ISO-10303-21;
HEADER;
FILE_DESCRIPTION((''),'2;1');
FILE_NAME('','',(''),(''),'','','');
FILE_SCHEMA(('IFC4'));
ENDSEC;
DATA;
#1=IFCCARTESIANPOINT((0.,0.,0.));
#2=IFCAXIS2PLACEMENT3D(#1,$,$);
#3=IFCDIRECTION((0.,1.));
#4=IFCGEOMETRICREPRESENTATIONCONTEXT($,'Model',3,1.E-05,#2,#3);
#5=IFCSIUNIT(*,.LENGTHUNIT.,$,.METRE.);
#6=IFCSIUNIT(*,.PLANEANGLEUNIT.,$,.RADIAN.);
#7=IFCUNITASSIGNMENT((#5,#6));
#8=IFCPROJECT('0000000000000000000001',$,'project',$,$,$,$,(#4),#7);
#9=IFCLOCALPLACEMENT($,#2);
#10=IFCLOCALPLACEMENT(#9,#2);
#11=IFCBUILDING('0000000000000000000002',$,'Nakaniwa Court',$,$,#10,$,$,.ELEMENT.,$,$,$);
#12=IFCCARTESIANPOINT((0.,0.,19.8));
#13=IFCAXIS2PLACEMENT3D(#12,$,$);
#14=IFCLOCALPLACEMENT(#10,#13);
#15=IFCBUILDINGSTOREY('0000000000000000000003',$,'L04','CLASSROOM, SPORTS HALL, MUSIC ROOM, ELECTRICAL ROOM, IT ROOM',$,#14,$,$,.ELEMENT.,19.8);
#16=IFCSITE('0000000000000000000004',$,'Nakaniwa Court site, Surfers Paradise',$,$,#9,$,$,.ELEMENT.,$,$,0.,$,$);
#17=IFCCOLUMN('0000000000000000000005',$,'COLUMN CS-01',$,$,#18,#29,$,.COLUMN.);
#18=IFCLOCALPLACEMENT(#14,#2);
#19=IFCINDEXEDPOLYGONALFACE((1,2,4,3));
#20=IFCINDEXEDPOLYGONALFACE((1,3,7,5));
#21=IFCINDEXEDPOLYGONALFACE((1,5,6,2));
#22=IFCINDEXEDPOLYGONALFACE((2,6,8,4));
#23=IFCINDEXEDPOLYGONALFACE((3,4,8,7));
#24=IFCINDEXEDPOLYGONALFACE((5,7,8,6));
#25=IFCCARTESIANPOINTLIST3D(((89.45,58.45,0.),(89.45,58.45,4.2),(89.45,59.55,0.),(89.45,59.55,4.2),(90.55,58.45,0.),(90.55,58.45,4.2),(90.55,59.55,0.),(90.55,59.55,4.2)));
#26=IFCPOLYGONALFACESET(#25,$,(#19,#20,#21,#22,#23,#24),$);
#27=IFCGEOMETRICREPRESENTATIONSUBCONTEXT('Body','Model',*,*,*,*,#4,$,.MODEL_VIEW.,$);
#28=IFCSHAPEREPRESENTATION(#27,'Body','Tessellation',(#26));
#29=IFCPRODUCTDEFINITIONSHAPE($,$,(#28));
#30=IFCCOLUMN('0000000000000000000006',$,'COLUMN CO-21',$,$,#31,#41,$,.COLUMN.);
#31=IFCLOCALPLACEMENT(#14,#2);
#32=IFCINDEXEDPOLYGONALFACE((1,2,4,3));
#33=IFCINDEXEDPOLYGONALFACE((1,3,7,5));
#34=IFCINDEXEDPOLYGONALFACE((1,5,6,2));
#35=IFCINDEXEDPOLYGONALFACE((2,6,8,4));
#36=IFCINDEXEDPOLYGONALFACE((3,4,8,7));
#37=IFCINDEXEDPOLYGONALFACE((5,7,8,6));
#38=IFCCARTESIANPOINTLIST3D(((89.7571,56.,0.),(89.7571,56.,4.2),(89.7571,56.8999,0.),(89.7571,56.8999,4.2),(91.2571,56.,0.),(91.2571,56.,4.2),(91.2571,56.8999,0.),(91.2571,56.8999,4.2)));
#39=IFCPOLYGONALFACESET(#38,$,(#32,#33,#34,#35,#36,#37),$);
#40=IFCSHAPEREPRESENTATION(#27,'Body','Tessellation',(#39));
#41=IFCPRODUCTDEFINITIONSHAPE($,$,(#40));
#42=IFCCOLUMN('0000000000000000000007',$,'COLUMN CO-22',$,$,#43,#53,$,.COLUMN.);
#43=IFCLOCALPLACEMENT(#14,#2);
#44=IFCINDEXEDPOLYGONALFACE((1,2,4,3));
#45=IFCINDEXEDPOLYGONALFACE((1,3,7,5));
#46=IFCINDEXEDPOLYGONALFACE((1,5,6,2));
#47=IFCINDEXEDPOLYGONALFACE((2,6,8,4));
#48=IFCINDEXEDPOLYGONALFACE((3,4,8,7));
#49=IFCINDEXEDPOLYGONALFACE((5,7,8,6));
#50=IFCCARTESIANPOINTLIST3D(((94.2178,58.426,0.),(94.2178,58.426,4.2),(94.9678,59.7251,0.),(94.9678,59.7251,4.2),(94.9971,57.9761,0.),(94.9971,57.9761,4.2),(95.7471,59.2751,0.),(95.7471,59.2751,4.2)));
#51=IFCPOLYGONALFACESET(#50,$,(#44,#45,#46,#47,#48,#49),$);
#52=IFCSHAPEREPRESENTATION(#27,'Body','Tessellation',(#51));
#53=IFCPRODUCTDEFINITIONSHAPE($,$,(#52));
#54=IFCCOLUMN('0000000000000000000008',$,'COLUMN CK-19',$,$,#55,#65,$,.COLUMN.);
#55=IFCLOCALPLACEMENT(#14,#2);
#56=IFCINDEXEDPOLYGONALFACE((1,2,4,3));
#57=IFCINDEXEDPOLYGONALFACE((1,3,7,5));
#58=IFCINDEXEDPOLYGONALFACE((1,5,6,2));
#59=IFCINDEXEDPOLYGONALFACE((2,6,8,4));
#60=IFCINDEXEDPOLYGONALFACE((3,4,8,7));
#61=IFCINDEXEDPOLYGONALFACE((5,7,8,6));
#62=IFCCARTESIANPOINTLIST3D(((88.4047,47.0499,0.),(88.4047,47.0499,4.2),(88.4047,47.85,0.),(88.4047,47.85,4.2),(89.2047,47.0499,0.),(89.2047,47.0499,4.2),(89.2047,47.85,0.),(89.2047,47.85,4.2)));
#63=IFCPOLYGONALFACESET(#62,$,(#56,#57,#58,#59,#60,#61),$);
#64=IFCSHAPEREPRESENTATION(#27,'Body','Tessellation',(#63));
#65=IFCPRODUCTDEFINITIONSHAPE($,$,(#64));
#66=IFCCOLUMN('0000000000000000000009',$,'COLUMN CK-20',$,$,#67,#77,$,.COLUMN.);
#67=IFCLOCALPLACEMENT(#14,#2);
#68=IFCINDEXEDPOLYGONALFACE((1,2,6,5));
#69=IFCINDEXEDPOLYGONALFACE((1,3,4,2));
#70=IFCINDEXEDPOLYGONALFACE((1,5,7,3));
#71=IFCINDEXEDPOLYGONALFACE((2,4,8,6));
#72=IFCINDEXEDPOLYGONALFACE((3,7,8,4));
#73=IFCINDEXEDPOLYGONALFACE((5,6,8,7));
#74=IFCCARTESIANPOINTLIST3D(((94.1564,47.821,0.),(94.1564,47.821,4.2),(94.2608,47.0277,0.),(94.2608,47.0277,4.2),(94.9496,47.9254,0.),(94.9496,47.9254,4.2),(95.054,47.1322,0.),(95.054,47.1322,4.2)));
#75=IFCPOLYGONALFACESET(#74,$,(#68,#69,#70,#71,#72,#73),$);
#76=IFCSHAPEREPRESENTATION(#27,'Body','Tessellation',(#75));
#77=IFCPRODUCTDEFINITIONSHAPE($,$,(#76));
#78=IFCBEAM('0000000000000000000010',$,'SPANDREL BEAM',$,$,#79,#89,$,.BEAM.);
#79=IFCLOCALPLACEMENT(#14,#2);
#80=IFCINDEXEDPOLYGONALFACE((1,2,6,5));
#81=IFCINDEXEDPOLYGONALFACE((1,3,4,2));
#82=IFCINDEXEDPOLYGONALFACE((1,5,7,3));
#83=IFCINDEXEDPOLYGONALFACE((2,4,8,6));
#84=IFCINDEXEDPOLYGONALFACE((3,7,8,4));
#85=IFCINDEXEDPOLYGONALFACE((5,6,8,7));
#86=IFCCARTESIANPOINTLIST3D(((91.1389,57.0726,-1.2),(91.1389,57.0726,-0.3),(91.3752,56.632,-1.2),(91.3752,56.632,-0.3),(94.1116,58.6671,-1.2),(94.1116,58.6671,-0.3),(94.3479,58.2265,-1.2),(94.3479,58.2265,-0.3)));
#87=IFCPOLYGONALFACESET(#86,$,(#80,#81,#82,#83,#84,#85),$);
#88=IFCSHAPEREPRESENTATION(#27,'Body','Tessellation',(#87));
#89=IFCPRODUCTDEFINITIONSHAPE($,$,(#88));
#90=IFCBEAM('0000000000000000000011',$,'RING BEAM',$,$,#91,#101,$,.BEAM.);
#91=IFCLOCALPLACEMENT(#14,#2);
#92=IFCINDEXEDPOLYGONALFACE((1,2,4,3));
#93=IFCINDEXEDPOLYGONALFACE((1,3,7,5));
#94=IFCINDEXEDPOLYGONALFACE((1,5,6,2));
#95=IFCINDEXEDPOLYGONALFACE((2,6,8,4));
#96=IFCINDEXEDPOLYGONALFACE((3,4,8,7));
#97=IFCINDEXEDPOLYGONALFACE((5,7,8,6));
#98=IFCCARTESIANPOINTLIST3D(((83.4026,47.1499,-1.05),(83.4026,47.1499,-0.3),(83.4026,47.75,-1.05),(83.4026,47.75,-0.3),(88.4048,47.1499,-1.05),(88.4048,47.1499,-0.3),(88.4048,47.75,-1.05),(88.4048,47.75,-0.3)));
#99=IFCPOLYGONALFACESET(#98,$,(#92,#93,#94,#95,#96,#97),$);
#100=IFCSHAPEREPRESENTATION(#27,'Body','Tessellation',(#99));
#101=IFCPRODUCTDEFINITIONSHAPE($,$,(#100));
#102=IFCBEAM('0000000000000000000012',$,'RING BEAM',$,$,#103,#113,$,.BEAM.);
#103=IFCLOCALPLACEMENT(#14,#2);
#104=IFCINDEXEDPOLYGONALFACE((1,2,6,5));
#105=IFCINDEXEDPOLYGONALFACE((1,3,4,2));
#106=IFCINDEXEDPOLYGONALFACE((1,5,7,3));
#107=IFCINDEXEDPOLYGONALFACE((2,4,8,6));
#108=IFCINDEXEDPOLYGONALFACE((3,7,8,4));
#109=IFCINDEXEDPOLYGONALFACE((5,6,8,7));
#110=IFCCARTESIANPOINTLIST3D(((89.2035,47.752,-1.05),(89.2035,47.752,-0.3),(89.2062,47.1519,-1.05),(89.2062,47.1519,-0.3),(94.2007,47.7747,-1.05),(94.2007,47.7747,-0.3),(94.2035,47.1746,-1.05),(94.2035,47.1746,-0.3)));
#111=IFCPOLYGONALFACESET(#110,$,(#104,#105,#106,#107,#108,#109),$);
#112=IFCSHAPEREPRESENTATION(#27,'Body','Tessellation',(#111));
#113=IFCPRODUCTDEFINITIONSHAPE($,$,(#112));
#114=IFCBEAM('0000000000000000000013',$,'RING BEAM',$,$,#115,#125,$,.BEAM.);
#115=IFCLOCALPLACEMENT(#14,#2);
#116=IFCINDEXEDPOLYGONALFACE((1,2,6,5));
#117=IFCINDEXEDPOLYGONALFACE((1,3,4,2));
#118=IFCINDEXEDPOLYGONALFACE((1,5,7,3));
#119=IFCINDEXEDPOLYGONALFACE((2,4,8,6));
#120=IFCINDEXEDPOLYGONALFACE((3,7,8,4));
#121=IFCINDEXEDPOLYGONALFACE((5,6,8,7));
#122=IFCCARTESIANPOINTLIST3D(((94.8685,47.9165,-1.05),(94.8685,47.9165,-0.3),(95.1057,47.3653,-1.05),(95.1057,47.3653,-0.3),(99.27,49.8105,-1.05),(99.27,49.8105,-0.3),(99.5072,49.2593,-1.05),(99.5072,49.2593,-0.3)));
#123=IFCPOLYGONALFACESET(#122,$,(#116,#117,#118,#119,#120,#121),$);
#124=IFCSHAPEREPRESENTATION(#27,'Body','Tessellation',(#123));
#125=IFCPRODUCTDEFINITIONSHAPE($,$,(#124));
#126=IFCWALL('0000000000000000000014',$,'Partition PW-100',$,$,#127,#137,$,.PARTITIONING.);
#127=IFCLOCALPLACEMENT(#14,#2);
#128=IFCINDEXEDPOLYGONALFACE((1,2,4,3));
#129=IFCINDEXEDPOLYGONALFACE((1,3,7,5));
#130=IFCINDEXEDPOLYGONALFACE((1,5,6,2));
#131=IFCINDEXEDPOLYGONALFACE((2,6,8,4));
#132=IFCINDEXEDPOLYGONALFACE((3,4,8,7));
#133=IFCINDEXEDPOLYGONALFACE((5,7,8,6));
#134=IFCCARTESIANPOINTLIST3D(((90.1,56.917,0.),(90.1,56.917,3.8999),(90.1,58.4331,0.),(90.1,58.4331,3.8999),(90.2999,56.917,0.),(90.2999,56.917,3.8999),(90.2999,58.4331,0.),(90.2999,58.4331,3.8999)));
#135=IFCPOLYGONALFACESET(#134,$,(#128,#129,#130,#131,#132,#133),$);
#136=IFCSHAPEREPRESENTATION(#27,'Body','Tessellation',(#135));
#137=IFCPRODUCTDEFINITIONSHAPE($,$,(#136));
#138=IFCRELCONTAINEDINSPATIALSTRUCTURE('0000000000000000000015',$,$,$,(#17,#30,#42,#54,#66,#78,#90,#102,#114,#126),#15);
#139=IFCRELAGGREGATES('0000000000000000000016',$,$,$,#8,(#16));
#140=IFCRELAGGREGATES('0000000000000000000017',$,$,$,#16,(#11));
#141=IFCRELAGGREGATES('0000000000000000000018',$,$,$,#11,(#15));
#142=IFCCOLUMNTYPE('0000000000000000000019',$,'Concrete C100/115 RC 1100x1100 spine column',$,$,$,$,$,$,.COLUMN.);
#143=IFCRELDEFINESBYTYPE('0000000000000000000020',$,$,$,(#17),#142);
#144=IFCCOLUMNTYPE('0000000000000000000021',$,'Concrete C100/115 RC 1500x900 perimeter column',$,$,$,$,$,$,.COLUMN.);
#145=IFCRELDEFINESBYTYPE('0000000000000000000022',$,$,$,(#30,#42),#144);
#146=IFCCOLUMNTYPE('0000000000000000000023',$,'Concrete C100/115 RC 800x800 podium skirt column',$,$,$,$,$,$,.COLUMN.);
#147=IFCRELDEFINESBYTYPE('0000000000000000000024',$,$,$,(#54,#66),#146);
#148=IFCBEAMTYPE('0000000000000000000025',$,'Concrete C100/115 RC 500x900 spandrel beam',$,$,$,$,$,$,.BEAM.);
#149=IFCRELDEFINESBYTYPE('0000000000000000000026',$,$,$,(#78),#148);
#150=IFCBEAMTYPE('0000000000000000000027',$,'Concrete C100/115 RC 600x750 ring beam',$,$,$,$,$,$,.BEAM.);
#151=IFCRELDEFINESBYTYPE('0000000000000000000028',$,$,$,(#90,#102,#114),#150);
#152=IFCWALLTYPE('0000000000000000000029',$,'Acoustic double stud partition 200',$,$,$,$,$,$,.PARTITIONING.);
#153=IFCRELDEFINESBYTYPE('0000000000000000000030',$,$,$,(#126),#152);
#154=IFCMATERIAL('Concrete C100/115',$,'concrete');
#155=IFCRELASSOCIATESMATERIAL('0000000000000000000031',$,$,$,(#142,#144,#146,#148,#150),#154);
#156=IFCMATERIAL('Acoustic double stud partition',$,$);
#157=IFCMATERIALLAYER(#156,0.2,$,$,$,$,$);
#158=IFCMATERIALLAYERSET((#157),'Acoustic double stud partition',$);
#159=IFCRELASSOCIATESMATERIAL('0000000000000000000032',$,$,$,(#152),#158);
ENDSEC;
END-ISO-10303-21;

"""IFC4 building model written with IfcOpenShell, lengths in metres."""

from ifc_helpers import new_model, si_unit, direction, frame, frame_2d, origin, origin_2d, place, context, subcontext, project, spatial, rectangle, extrude, material, layer, layer_set, material_profile, profile_set, type_object, element, save


model = new_model("IFC4")

# Units and contexts
model_context = context("Model", 3, precision=1e-05, world=origin(), true_north=direction((0.0, 1.0)))
body_context = subcontext(model_context, "Body", "Model", "MODEL_VIEW")
ifc_project = project(units=[si_unit("LENGTHUNIT", "METRE"), si_unit("PLANEANGLEUNIT", "RADIAN")], contexts=[model_context])

# Site, building, storey
site_placement = place(None, origin())
site = spatial("IfcSite", under=ifc_project, at=site_placement, Name="Nakaniwa Court site, Surfers Paradise", CompositionType="ELEMENT", RefElevation=0.0)
building_placement = place(site_placement, origin())
building = spatial("IfcBuilding", under=site, at=building_placement, Name="Nakaniwa Court", CompositionType="ELEMENT")
storey_placement = place(building_placement, frame((0.0, 0.0, 19.8)))
storey = spatial("IfcBuildingStorey", under=building, at=storey_placement, Name="L04", Description="CLASSROOM, SPORTS HALL, MUSIC ROOM, ELECTRICAL ROOM, IT ROOM", CompositionType="ELEMENT", Elevation=19.8)

# Columns
ifc_material_1 = material(Name="Concrete C100/115", Category="concrete")
ifc_material_profile_1 = material_profile(ifc_material_1, rectangle(XDim=1.1001, YDim=1.1001, at=origin_2d()), Name="Concrete C100/115 RC 1100x1100 spine column")
ifc_profile_set_1 = profile_set([ifc_material_profile_1], Name="Concrete C100/115")
column_type_1 = type_object("IfcColumnType", Name="Concrete C100/115 RC 1100x1100 spine column", PredefinedType="COLUMN", material=ifc_profile_set_1)
column_placement = place(storey_placement, frame((90.0, 59.0, 0.0), z_axis=(0.0, 0.0, 1.0), x_axis=(0.0, 1.0, 0.0)))
element("IfcColumn", 1, at=column_placement, inside=storey, type_object=column_type_1, Name="COLUMN CS-01", PredefinedType="COLUMN", context=body_context, shape_type="SweptSolid", body=[
    extrude(rectangle(XDim=1.1001, YDim=1.1001, at=origin_2d()), origin(), (0.0, 0.0, 1.0), 4.2),
])
ifc_material_profile_2 = material_profile(ifc_material_1, rectangle(XDim=1.5, YDim=0.8999, at=origin_2d()), Name="Concrete C100/115 RC 1500x900 perimeter column")
ifc_profile_set_2 = profile_set([ifc_material_profile_2], Name="Concrete C100/115")
column_type_2 = type_object("IfcColumnType", Name="Concrete C100/115 RC 1500x900 perimeter column", PredefinedType="COLUMN", material=ifc_profile_set_2)
for number, where, z_axis, x_axis, name in (
    (2, (90.5071, 56.45, 0.0), (0.0, 0.0, 1.0), (1.0, 0.0, 0.0), "COLUMN CO-21"),
    (3, (94.9824, 58.8506, 0.0), (0.0, 0.0, 1.0), (0.5, 0.866025, 0.0), "COLUMN CO-22"),
):
    element("IfcColumn", number, at=place(storey_placement, frame(where, z_axis=z_axis, x_axis=x_axis)), inside=storey, type_object=column_type_2, Name=name, PredefinedType="COLUMN", context=body_context, shape_type="SweptSolid", body=[
        extrude(rectangle(XDim=1.5, YDim=0.8999, at=origin_2d()), origin(), (0.0, 0.0, 1.0), 4.2),
    ])
ifc_material_profile_3 = material_profile(ifc_material_1, rectangle(XDim=0.8, YDim=0.8, at=origin_2d()), Name="Concrete C100/115 RC 800x800 podium skirt column")
ifc_profile_set_3 = profile_set([ifc_material_profile_3], Name="Concrete C100/115")
column_type_3 = type_object("IfcColumnType", Name="Concrete C100/115 RC 800x800 podium skirt column", PredefinedType="COLUMN", material=ifc_profile_set_3)
for number, where, z_axis, x_axis, name in (
    (4, (88.8047, 47.45, 0.0), (0.0, 0.0, 1.0), (1.0, 0.0, 0.0), "COLUMN CK-19"),
    (5, (94.6052, 47.4766, 0.0), (0.0, 0.0, 1.0), (0.991445, 0.130526, 0.0), "COLUMN CK-20"),
):
    element("IfcColumn", number, at=place(storey_placement, frame(where, z_axis=z_axis, x_axis=x_axis)), inside=storey, type_object=column_type_3, Name=name, PredefinedType="COLUMN", context=body_context, shape_type="SweptSolid", body=[
        extrude(rectangle(XDim=0.8, YDim=0.8, at=origin_2d()), origin(), (0.0, 0.0, 1.0), 4.2),
    ])

# Beams
ifc_material_profile_4 = material_profile(ifc_material_1, rectangle(XDim=0.5, YDim=0.8999, at=origin_2d()), Name="Concrete C100/115 RC 500x900 spandrel beam")
ifc_profile_set_4 = profile_set([ifc_material_profile_4], Name="Concrete C100/115")
beam_type_1 = type_object("IfcBeamType", Name="Concrete C100/115 RC 500x900 spandrel beam", PredefinedType="BEAM", material=ifc_profile_set_4)
beam_1_placement = place(storey_placement, frame((91.2571, 56.8523, -0.75), z_axis=(0.881235, 0.472679, 0.0), x_axis=(-0.472679, 0.881235, 0.0)))
element("IfcBeam", 6, at=beam_1_placement, inside=storey, type_object=beam_type_1, Name="SPANDREL BEAM", PredefinedType="BEAM", context=body_context, shape_type="SweptSolid", body=[
    extrude(rectangle(XDim=0.5, YDim=0.8999, at=origin_2d()), origin(), (0.0, 0.0, 1.0), 3.3733),
])
ifc_material_profile_5 = material_profile(ifc_material_1, rectangle(XDim=0.6001, YDim=0.75, at=origin_2d()), Name="Concrete C100/115 RC 600x750 ring beam")
ifc_profile_set_5 = profile_set([ifc_material_profile_5], Name="Concrete C100/115")
beam_type_2 = type_object("IfcBeamType", Name="Concrete C100/115 RC 600x750 ring beam", PredefinedType="BEAM", material=ifc_profile_set_5)
beam_2_placement = place(storey_placement, frame((83.4026, 47.45, -0.675), z_axis=(1.0, 0.0, 0.0), x_axis=(0.0, 1.0, 0.0)))
element("IfcBeam", 7, at=beam_2_placement, inside=storey, type_object=beam_type_2, Name="RING BEAM", PredefinedType="BEAM", context=body_context, shape_type="SweptSolid", body=[
    extrude(rectangle(XDim=0.6001, YDim=0.75, at=origin_2d()), origin(), (0.0, 0.0, 1.0), 5.0022),
])
beam_3_placement = place(storey_placement, frame((89.2048, 47.4519, -0.675), z_axis=(0.99999, 0.004543, 0.0), x_axis=(-0.004543, 0.99999, 0.0)))
element("IfcBeam", 8, at=beam_3_placement, inside=storey, type_object=beam_type_2, Name="RING BEAM", PredefinedType="BEAM", context=body_context, shape_type="SweptSolid", body=[
    extrude(rectangle(XDim=0.6001, YDim=0.75, at=origin_2d()), origin(), (0.0, 0.0, 1.0), 4.9973),
])
beam_4_placement = place(storey_placement, frame((94.9871, 47.6409, -0.675), z_axis=(0.918567, 0.395266, 0.0), x_axis=(-0.395266, 0.918567, 0.0)))
element("IfcBeam", 9, at=beam_4_placement, inside=storey, type_object=beam_type_2, Name="RING BEAM", PredefinedType="BEAM", context=body_context, shape_type="SweptSolid", body=[
    extrude(rectangle(XDim=0.6001, YDim=0.75, at=origin_2d()), origin(), (0.0, 0.0, 1.0), 4.7917),
])

# Wall
ifc_material_2 = material(Name="Acoustic double stud partition")
ifc_layer_1 = layer(ifc_material_2, 0.2)
ifc_layer_set_1 = layer_set([ifc_layer_1], Name="Acoustic double stud partition")
wall_type_1 = type_object("IfcWallType", Name="Acoustic double stud partition 200", PredefinedType="PARTITIONING", material=ifc_layer_set_1)
wall_1_placement = place(storey_placement, frame((90.2, 56.917, 0.0), z_axis=(0.0, 0.0, 1.0), x_axis=(0.0, 1.0, 0.0)))
element("IfcWall", 10, at=wall_1_placement, inside=storey, type_object=wall_type_1, Name="Partition PW-100", PredefinedType="PARTITIONING", context=body_context, shape_type="SweptSolid", body=[
    extrude(rectangle(XDim=1.5161, YDim=0.2, at=frame_2d((0.7581, 0.0))), origin(), (0.0, 0.0, 1.0), 3.8999),
])

save(model, "model.ifc")
